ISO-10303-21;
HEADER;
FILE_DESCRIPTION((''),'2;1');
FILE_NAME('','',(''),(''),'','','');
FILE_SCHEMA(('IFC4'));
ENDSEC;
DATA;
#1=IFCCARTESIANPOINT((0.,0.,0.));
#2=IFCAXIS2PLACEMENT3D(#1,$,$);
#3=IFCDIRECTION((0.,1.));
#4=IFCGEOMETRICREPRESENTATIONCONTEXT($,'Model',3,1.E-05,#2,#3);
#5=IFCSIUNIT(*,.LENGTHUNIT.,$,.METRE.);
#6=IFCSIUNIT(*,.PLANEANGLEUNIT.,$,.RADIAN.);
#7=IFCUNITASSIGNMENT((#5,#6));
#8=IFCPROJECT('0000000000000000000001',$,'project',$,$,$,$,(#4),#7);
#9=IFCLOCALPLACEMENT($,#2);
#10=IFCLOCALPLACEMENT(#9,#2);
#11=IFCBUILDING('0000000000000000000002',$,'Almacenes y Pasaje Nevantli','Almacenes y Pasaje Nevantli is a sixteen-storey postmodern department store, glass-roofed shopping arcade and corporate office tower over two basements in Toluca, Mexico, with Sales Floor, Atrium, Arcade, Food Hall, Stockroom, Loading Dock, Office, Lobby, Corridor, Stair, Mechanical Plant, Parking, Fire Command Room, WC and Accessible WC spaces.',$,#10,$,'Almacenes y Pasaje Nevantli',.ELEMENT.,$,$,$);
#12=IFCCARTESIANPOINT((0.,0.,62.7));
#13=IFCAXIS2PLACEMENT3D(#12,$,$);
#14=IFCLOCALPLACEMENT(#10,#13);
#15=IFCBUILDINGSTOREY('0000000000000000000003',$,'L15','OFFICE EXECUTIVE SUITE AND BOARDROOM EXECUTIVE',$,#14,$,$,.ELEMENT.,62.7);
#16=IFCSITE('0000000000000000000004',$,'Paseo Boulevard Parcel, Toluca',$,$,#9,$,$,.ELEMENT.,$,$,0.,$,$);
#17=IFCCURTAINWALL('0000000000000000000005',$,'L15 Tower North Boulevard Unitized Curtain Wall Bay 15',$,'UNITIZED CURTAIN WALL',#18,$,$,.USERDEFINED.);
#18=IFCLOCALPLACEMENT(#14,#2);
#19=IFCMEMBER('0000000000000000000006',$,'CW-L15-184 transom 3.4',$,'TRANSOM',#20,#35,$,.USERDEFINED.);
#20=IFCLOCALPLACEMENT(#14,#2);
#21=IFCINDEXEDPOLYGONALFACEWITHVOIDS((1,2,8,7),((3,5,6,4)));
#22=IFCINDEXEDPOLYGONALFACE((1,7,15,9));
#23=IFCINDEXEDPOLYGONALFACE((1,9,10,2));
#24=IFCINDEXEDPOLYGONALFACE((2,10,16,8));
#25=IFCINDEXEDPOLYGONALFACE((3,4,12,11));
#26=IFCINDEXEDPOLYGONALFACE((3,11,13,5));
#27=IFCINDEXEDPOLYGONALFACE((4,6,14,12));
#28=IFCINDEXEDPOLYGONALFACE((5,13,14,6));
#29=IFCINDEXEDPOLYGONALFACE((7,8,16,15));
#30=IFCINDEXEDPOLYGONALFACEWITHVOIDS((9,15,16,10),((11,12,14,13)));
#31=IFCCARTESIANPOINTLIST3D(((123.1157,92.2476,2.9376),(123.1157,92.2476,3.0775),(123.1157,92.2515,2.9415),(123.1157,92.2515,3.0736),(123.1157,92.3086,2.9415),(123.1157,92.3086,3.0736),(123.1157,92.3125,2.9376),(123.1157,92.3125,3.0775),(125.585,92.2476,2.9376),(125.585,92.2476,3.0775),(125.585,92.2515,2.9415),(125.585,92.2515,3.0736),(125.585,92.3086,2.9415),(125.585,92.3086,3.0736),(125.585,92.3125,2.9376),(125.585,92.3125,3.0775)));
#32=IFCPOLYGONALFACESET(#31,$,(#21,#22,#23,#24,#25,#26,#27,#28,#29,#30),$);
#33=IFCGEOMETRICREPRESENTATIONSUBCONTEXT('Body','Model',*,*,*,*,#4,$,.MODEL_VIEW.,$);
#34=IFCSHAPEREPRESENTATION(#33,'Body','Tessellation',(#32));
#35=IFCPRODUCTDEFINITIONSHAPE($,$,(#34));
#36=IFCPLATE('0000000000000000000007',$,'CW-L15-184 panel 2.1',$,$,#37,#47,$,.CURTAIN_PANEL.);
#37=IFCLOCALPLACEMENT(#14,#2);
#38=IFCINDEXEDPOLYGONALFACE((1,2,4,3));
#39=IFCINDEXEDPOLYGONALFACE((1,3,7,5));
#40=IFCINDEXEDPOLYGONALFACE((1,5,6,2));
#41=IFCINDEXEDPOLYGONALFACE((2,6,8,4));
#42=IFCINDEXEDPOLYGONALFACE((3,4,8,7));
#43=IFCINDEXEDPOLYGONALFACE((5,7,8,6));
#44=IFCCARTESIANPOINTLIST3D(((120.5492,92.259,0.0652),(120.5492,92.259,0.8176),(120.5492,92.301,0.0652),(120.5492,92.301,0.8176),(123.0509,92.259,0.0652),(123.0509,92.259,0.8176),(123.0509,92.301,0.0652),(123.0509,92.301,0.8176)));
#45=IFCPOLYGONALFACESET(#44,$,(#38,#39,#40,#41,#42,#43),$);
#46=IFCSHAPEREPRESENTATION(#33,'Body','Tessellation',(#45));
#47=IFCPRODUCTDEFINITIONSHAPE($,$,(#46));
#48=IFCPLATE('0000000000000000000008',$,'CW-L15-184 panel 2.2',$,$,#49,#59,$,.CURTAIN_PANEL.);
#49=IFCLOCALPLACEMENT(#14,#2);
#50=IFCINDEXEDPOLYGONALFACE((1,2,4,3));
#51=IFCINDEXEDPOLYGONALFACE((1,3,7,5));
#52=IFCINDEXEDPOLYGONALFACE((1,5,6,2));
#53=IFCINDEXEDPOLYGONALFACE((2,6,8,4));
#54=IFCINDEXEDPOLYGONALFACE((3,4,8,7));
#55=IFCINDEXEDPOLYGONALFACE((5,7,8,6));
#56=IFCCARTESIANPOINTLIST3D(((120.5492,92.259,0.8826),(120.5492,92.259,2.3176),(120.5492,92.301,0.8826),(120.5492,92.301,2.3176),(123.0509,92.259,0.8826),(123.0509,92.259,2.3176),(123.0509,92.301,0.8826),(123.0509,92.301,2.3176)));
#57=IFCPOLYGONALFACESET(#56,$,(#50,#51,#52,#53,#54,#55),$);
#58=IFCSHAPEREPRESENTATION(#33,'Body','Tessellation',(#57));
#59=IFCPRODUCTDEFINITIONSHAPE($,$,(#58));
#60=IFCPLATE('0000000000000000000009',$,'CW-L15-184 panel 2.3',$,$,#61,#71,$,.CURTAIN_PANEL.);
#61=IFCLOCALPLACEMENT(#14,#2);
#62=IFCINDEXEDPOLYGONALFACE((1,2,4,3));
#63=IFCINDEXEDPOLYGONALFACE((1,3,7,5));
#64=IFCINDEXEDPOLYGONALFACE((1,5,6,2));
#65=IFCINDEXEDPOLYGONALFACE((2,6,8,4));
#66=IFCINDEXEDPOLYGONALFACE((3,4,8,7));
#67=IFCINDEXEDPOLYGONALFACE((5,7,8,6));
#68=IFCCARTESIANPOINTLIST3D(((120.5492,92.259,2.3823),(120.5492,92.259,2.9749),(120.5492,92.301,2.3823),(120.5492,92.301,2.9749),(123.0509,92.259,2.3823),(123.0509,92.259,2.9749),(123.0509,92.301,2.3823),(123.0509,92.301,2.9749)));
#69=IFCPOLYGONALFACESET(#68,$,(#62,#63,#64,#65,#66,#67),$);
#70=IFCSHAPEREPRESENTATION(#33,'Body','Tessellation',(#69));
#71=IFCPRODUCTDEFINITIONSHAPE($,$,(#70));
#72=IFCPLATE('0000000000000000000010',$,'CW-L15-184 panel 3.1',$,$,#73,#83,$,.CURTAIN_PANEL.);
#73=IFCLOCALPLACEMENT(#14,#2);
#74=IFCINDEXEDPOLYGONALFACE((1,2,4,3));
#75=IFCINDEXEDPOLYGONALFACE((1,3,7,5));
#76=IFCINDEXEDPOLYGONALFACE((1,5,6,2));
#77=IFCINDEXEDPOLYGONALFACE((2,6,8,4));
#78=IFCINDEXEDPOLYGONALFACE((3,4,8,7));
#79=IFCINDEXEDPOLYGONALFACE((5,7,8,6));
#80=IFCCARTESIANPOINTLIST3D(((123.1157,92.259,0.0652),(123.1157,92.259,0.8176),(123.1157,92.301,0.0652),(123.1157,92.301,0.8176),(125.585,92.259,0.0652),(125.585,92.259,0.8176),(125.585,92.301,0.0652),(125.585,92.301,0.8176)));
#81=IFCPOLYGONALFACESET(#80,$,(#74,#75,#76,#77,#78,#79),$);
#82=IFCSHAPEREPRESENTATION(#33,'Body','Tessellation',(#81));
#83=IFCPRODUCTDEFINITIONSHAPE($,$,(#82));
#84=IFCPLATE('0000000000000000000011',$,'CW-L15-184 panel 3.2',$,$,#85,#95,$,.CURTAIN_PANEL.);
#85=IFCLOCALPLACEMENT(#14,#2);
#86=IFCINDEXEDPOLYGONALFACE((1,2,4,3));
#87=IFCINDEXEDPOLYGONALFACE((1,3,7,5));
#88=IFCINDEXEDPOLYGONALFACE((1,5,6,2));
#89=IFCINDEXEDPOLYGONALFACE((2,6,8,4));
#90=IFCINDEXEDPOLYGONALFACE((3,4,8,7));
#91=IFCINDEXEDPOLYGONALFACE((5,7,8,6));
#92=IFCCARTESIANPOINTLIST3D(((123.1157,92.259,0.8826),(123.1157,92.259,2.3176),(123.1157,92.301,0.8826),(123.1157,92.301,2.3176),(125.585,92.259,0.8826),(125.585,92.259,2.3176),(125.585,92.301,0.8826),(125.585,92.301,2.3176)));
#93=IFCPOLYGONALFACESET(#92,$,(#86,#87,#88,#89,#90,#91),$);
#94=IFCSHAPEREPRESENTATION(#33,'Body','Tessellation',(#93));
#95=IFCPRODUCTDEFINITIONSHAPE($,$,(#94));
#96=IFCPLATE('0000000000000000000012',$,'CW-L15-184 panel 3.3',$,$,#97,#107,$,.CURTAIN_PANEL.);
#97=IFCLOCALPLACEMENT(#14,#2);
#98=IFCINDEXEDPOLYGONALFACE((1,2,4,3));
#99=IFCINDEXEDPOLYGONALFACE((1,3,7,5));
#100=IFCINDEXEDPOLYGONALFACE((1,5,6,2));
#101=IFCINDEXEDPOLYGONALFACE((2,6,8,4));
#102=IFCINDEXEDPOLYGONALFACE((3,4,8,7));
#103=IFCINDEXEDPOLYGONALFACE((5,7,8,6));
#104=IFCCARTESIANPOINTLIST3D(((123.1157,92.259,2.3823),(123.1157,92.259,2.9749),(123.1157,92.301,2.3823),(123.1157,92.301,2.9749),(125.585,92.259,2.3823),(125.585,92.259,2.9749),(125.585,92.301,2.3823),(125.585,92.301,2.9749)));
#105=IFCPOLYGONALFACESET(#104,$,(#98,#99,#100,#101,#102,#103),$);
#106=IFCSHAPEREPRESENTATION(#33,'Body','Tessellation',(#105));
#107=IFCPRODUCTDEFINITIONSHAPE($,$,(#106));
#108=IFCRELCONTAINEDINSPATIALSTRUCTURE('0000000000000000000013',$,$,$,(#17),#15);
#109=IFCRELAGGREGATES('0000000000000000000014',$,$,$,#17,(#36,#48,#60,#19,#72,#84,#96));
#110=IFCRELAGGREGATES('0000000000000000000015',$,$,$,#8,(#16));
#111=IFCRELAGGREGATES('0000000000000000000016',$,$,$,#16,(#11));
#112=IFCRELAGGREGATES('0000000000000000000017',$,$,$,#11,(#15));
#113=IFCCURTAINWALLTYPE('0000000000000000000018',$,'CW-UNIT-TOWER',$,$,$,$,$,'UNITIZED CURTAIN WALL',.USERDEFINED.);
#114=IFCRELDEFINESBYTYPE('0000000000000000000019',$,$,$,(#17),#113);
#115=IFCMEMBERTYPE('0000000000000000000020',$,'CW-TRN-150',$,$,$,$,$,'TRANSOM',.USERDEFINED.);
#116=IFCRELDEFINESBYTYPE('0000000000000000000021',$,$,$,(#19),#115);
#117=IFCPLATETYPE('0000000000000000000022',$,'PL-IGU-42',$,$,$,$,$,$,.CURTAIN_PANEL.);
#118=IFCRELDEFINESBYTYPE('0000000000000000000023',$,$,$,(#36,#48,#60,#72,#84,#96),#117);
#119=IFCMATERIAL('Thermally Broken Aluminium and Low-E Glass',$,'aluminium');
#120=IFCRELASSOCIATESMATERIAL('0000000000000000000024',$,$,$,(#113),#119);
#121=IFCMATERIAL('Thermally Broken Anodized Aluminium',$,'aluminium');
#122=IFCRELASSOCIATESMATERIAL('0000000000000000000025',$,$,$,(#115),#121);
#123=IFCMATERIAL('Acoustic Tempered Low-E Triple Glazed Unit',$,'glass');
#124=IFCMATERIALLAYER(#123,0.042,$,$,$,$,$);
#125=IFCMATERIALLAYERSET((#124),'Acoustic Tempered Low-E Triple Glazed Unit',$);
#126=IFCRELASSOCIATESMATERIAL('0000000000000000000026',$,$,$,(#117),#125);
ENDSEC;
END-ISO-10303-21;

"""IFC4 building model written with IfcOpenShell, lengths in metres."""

from ifc_helpers import new_model, si_unit, direction, frame, origin, origin_2d, place, context, subcontext, project, spatial, rectangle, hollow_rectangle, extrude, material, layer, layer_set, material_profile, profile_set, type_object, element, aggregate, save


model = new_model("IFC4")

# Units and contexts
model_context = context("Model", 3, precision=1e-05, world=origin(), true_north=direction((0.0, 1.0)))
body_context = subcontext(model_context, "Body", "Model", "MODEL_VIEW")
ifc_project = project(units=[si_unit("LENGTHUNIT", "METRE"), si_unit("PLANEANGLEUNIT", "RADIAN")], contexts=[model_context])

# Site, building, storey
site_placement = place(None, origin())
site = spatial("IfcSite", under=ifc_project, at=site_placement, Name="Paseo Boulevard Parcel, Toluca", CompositionType="ELEMENT", RefElevation=0.0)
building_placement = place(site_placement, origin())
building = spatial("IfcBuilding", under=site, at=building_placement, Name="Almacenes y Pasaje Nevantli", Description="Almacenes y Pasaje Nevantli is a sixteen-storey postmodern department store, glass-roofed shopping arcade and corporate office tower over two basements in Toluca, Mexico, with Sales Floor, Atrium, Arcade, Food Hall, Stockroom, Loading Dock, Office, Lobby, Corridor, Stair, Mechanical Plant, Parking, Fire Command Room, WC and Accessible WC spaces.", LongName="Almacenes y Pasaje Nevantli", CompositionType="ELEMENT")
storey_placement = place(building_placement, frame((0.0, 0.0, 62.7)))
storey = spatial("IfcBuildingStorey", under=building, at=storey_placement, Name="L15", Description="OFFICE EXECUTIVE SUITE AND BOARDROOM EXECUTIVE", CompositionType="ELEMENT", Elevation=62.7)

# Curtain wall, member, plates
ifc_material_1 = material(Name="Thermally Broken Aluminium and Low-E Glass", Category="aluminium")
curtain_wall_type = type_object("IfcCurtainWallType", Name="CW-UNIT-TOWER", ElementType="UNITIZED CURTAIN WALL", PredefinedType="USERDEFINED", material=ifc_material_1)
curtain_wall_placement = place(storey_placement, origin())
curtain_wall = element("IfcCurtainWall", 1, at=curtain_wall_placement, inside=storey, type_object=curtain_wall_type, Name="L15 Tower North Boulevard Unitized Curtain Wall Bay 15", ObjectType="UNITIZED CURTAIN WALL", PredefinedType="USERDEFINED")
ifc_material_2 = material(Name="Thermally Broken Anodized Aluminium", Category="aluminium")
ifc_material_profile_1 = material_profile(ifc_material_2, hollow_rectangle(XDim=0.0649, YDim=0.1399, WallThickness=0.0039, at=origin_2d()), Name="ALU-TRN-65x140")
ifc_profile_set_1 = profile_set([ifc_material_profile_1], Name="Thermally Broken Anodized Aluminium")
member_type_1 = type_object("IfcMemberType", Name="CW-TRN-150", ElementType="TRANSOM", PredefinedType="USERDEFINED", material=ifc_profile_set_1)
member_1_placement = place(storey_placement, frame((123.1157, 92.28, 3.0076), z_axis=(1.0, 0.0, 0.0), x_axis=(0.0, 1.0, 0.0)))
member_1 = element("IfcMember", 2, at=member_1_placement, type_object=member_type_1, Name="CW-L15-184 transom 3.4", ObjectType="TRANSOM", PredefinedType="USERDEFINED", context=body_context, shape_type="SweptSolid", body=[
    extrude(hollow_rectangle(XDim=0.0649, YDim=0.1399, WallThickness=0.0039, at=origin_2d()), origin(), (0.0, 0.0, 1.0), 2.4692),
])
ifc_material_3 = material(Name="Acoustic Tempered Low-E Triple Glazed Unit", Category="glass")
ifc_layer = layer(ifc_material_3, 0.042)
ifc_layer_set = layer_set([ifc_layer], Name="Acoustic Tempered Low-E Triple Glazed Unit")
plate_type = type_object("IfcPlateType", Name="PL-IGU-42", PredefinedType="CURTAIN_PANEL", material=ifc_layer_set)
plate_1_placement = place(storey_placement, frame((121.8, 92.28, 0.0652), z_axis=(0.0, 0.0, 1.0), x_axis=(1.0, 0.0, 0.0)))
plate_1 = element("IfcPlate", 3, at=plate_1_placement, type_object=plate_type, Name="CW-L15-184 panel 2.1", PredefinedType="CURTAIN_PANEL", context=body_context, shape_type="SweptSolid", body=[
    extrude(rectangle(XDim=2.5017, YDim=0.042, at=origin_2d()), origin(), (0.0, 0.0, 1.0), 0.7524),
])
plate_2_placement = place(storey_placement, frame((121.8, 92.28, 0.8826), z_axis=(0.0, 0.0, 1.0), x_axis=(1.0, 0.0, 0.0)))
plate_2 = element("IfcPlate", 4, at=plate_2_placement, type_object=plate_type, Name="CW-L15-184 panel 2.2", PredefinedType="CURTAIN_PANEL", context=body_context, shape_type="SweptSolid", body=[
    extrude(rectangle(XDim=2.5017, YDim=0.042, at=origin_2d()), origin(), (0.0, 0.0, 1.0), 1.4351),
])
plate_3_placement = place(storey_placement, frame((121.8, 92.28, 2.3823), z_axis=(0.0, 0.0, 1.0), x_axis=(1.0, 0.0, 0.0)))
plate_3 = element("IfcPlate", 5, at=plate_3_placement, type_object=plate_type, Name="CW-L15-184 panel 2.3", PredefinedType="CURTAIN_PANEL", context=body_context, shape_type="SweptSolid", body=[
    extrude(rectangle(XDim=2.5017, YDim=0.042, at=origin_2d()), origin(), (0.0, 0.0, 1.0), 0.5925),
])
plate_4_placement = place(storey_placement, frame((124.3503, 92.28, 0.0652), z_axis=(0.0, 0.0, 1.0), x_axis=(1.0, 0.0, 0.0)))
plate_4 = element("IfcPlate", 6, at=plate_4_placement, type_object=plate_type, Name="CW-L15-184 panel 3.1", PredefinedType="CURTAIN_PANEL", context=body_context, shape_type="SweptSolid", body=[
    extrude(rectangle(XDim=2.4692, YDim=0.042, at=origin_2d()), origin(), (0.0, 0.0, 1.0), 0.7524),
])
plate_5_placement = place(storey_placement, frame((124.3503, 92.28, 0.8826), z_axis=(0.0, 0.0, 1.0), x_axis=(1.0, 0.0, 0.0)))
plate_5 = element("IfcPlate", 7, at=plate_5_placement, type_object=plate_type, Name="CW-L15-184 panel 3.2", PredefinedType="CURTAIN_PANEL", context=body_context, shape_type="SweptSolid", body=[
    extrude(rectangle(XDim=2.4692, YDim=0.042, at=origin_2d()), origin(), (0.0, 0.0, 1.0), 1.4351),
])
plate_6_placement = place(storey_placement, frame((124.3503, 92.28, 2.3823), z_axis=(0.0, 0.0, 1.0), x_axis=(1.0, 0.0, 0.0)))
plate_6 = element("IfcPlate", 8, at=plate_6_placement, type_object=plate_type, Name="CW-L15-184 panel 3.3", PredefinedType="CURTAIN_PANEL", context=body_context, shape_type="SweptSolid", body=[
    extrude(rectangle(XDim=2.4692, YDim=0.042, at=origin_2d()), origin(), (0.0, 0.0, 1.0), 0.5925),
])
aggregate(curtain_wall, [plate_1, plate_2, plate_3, member_1, plate_4, plate_5, plate_6])

save(model, "model.ifc")
